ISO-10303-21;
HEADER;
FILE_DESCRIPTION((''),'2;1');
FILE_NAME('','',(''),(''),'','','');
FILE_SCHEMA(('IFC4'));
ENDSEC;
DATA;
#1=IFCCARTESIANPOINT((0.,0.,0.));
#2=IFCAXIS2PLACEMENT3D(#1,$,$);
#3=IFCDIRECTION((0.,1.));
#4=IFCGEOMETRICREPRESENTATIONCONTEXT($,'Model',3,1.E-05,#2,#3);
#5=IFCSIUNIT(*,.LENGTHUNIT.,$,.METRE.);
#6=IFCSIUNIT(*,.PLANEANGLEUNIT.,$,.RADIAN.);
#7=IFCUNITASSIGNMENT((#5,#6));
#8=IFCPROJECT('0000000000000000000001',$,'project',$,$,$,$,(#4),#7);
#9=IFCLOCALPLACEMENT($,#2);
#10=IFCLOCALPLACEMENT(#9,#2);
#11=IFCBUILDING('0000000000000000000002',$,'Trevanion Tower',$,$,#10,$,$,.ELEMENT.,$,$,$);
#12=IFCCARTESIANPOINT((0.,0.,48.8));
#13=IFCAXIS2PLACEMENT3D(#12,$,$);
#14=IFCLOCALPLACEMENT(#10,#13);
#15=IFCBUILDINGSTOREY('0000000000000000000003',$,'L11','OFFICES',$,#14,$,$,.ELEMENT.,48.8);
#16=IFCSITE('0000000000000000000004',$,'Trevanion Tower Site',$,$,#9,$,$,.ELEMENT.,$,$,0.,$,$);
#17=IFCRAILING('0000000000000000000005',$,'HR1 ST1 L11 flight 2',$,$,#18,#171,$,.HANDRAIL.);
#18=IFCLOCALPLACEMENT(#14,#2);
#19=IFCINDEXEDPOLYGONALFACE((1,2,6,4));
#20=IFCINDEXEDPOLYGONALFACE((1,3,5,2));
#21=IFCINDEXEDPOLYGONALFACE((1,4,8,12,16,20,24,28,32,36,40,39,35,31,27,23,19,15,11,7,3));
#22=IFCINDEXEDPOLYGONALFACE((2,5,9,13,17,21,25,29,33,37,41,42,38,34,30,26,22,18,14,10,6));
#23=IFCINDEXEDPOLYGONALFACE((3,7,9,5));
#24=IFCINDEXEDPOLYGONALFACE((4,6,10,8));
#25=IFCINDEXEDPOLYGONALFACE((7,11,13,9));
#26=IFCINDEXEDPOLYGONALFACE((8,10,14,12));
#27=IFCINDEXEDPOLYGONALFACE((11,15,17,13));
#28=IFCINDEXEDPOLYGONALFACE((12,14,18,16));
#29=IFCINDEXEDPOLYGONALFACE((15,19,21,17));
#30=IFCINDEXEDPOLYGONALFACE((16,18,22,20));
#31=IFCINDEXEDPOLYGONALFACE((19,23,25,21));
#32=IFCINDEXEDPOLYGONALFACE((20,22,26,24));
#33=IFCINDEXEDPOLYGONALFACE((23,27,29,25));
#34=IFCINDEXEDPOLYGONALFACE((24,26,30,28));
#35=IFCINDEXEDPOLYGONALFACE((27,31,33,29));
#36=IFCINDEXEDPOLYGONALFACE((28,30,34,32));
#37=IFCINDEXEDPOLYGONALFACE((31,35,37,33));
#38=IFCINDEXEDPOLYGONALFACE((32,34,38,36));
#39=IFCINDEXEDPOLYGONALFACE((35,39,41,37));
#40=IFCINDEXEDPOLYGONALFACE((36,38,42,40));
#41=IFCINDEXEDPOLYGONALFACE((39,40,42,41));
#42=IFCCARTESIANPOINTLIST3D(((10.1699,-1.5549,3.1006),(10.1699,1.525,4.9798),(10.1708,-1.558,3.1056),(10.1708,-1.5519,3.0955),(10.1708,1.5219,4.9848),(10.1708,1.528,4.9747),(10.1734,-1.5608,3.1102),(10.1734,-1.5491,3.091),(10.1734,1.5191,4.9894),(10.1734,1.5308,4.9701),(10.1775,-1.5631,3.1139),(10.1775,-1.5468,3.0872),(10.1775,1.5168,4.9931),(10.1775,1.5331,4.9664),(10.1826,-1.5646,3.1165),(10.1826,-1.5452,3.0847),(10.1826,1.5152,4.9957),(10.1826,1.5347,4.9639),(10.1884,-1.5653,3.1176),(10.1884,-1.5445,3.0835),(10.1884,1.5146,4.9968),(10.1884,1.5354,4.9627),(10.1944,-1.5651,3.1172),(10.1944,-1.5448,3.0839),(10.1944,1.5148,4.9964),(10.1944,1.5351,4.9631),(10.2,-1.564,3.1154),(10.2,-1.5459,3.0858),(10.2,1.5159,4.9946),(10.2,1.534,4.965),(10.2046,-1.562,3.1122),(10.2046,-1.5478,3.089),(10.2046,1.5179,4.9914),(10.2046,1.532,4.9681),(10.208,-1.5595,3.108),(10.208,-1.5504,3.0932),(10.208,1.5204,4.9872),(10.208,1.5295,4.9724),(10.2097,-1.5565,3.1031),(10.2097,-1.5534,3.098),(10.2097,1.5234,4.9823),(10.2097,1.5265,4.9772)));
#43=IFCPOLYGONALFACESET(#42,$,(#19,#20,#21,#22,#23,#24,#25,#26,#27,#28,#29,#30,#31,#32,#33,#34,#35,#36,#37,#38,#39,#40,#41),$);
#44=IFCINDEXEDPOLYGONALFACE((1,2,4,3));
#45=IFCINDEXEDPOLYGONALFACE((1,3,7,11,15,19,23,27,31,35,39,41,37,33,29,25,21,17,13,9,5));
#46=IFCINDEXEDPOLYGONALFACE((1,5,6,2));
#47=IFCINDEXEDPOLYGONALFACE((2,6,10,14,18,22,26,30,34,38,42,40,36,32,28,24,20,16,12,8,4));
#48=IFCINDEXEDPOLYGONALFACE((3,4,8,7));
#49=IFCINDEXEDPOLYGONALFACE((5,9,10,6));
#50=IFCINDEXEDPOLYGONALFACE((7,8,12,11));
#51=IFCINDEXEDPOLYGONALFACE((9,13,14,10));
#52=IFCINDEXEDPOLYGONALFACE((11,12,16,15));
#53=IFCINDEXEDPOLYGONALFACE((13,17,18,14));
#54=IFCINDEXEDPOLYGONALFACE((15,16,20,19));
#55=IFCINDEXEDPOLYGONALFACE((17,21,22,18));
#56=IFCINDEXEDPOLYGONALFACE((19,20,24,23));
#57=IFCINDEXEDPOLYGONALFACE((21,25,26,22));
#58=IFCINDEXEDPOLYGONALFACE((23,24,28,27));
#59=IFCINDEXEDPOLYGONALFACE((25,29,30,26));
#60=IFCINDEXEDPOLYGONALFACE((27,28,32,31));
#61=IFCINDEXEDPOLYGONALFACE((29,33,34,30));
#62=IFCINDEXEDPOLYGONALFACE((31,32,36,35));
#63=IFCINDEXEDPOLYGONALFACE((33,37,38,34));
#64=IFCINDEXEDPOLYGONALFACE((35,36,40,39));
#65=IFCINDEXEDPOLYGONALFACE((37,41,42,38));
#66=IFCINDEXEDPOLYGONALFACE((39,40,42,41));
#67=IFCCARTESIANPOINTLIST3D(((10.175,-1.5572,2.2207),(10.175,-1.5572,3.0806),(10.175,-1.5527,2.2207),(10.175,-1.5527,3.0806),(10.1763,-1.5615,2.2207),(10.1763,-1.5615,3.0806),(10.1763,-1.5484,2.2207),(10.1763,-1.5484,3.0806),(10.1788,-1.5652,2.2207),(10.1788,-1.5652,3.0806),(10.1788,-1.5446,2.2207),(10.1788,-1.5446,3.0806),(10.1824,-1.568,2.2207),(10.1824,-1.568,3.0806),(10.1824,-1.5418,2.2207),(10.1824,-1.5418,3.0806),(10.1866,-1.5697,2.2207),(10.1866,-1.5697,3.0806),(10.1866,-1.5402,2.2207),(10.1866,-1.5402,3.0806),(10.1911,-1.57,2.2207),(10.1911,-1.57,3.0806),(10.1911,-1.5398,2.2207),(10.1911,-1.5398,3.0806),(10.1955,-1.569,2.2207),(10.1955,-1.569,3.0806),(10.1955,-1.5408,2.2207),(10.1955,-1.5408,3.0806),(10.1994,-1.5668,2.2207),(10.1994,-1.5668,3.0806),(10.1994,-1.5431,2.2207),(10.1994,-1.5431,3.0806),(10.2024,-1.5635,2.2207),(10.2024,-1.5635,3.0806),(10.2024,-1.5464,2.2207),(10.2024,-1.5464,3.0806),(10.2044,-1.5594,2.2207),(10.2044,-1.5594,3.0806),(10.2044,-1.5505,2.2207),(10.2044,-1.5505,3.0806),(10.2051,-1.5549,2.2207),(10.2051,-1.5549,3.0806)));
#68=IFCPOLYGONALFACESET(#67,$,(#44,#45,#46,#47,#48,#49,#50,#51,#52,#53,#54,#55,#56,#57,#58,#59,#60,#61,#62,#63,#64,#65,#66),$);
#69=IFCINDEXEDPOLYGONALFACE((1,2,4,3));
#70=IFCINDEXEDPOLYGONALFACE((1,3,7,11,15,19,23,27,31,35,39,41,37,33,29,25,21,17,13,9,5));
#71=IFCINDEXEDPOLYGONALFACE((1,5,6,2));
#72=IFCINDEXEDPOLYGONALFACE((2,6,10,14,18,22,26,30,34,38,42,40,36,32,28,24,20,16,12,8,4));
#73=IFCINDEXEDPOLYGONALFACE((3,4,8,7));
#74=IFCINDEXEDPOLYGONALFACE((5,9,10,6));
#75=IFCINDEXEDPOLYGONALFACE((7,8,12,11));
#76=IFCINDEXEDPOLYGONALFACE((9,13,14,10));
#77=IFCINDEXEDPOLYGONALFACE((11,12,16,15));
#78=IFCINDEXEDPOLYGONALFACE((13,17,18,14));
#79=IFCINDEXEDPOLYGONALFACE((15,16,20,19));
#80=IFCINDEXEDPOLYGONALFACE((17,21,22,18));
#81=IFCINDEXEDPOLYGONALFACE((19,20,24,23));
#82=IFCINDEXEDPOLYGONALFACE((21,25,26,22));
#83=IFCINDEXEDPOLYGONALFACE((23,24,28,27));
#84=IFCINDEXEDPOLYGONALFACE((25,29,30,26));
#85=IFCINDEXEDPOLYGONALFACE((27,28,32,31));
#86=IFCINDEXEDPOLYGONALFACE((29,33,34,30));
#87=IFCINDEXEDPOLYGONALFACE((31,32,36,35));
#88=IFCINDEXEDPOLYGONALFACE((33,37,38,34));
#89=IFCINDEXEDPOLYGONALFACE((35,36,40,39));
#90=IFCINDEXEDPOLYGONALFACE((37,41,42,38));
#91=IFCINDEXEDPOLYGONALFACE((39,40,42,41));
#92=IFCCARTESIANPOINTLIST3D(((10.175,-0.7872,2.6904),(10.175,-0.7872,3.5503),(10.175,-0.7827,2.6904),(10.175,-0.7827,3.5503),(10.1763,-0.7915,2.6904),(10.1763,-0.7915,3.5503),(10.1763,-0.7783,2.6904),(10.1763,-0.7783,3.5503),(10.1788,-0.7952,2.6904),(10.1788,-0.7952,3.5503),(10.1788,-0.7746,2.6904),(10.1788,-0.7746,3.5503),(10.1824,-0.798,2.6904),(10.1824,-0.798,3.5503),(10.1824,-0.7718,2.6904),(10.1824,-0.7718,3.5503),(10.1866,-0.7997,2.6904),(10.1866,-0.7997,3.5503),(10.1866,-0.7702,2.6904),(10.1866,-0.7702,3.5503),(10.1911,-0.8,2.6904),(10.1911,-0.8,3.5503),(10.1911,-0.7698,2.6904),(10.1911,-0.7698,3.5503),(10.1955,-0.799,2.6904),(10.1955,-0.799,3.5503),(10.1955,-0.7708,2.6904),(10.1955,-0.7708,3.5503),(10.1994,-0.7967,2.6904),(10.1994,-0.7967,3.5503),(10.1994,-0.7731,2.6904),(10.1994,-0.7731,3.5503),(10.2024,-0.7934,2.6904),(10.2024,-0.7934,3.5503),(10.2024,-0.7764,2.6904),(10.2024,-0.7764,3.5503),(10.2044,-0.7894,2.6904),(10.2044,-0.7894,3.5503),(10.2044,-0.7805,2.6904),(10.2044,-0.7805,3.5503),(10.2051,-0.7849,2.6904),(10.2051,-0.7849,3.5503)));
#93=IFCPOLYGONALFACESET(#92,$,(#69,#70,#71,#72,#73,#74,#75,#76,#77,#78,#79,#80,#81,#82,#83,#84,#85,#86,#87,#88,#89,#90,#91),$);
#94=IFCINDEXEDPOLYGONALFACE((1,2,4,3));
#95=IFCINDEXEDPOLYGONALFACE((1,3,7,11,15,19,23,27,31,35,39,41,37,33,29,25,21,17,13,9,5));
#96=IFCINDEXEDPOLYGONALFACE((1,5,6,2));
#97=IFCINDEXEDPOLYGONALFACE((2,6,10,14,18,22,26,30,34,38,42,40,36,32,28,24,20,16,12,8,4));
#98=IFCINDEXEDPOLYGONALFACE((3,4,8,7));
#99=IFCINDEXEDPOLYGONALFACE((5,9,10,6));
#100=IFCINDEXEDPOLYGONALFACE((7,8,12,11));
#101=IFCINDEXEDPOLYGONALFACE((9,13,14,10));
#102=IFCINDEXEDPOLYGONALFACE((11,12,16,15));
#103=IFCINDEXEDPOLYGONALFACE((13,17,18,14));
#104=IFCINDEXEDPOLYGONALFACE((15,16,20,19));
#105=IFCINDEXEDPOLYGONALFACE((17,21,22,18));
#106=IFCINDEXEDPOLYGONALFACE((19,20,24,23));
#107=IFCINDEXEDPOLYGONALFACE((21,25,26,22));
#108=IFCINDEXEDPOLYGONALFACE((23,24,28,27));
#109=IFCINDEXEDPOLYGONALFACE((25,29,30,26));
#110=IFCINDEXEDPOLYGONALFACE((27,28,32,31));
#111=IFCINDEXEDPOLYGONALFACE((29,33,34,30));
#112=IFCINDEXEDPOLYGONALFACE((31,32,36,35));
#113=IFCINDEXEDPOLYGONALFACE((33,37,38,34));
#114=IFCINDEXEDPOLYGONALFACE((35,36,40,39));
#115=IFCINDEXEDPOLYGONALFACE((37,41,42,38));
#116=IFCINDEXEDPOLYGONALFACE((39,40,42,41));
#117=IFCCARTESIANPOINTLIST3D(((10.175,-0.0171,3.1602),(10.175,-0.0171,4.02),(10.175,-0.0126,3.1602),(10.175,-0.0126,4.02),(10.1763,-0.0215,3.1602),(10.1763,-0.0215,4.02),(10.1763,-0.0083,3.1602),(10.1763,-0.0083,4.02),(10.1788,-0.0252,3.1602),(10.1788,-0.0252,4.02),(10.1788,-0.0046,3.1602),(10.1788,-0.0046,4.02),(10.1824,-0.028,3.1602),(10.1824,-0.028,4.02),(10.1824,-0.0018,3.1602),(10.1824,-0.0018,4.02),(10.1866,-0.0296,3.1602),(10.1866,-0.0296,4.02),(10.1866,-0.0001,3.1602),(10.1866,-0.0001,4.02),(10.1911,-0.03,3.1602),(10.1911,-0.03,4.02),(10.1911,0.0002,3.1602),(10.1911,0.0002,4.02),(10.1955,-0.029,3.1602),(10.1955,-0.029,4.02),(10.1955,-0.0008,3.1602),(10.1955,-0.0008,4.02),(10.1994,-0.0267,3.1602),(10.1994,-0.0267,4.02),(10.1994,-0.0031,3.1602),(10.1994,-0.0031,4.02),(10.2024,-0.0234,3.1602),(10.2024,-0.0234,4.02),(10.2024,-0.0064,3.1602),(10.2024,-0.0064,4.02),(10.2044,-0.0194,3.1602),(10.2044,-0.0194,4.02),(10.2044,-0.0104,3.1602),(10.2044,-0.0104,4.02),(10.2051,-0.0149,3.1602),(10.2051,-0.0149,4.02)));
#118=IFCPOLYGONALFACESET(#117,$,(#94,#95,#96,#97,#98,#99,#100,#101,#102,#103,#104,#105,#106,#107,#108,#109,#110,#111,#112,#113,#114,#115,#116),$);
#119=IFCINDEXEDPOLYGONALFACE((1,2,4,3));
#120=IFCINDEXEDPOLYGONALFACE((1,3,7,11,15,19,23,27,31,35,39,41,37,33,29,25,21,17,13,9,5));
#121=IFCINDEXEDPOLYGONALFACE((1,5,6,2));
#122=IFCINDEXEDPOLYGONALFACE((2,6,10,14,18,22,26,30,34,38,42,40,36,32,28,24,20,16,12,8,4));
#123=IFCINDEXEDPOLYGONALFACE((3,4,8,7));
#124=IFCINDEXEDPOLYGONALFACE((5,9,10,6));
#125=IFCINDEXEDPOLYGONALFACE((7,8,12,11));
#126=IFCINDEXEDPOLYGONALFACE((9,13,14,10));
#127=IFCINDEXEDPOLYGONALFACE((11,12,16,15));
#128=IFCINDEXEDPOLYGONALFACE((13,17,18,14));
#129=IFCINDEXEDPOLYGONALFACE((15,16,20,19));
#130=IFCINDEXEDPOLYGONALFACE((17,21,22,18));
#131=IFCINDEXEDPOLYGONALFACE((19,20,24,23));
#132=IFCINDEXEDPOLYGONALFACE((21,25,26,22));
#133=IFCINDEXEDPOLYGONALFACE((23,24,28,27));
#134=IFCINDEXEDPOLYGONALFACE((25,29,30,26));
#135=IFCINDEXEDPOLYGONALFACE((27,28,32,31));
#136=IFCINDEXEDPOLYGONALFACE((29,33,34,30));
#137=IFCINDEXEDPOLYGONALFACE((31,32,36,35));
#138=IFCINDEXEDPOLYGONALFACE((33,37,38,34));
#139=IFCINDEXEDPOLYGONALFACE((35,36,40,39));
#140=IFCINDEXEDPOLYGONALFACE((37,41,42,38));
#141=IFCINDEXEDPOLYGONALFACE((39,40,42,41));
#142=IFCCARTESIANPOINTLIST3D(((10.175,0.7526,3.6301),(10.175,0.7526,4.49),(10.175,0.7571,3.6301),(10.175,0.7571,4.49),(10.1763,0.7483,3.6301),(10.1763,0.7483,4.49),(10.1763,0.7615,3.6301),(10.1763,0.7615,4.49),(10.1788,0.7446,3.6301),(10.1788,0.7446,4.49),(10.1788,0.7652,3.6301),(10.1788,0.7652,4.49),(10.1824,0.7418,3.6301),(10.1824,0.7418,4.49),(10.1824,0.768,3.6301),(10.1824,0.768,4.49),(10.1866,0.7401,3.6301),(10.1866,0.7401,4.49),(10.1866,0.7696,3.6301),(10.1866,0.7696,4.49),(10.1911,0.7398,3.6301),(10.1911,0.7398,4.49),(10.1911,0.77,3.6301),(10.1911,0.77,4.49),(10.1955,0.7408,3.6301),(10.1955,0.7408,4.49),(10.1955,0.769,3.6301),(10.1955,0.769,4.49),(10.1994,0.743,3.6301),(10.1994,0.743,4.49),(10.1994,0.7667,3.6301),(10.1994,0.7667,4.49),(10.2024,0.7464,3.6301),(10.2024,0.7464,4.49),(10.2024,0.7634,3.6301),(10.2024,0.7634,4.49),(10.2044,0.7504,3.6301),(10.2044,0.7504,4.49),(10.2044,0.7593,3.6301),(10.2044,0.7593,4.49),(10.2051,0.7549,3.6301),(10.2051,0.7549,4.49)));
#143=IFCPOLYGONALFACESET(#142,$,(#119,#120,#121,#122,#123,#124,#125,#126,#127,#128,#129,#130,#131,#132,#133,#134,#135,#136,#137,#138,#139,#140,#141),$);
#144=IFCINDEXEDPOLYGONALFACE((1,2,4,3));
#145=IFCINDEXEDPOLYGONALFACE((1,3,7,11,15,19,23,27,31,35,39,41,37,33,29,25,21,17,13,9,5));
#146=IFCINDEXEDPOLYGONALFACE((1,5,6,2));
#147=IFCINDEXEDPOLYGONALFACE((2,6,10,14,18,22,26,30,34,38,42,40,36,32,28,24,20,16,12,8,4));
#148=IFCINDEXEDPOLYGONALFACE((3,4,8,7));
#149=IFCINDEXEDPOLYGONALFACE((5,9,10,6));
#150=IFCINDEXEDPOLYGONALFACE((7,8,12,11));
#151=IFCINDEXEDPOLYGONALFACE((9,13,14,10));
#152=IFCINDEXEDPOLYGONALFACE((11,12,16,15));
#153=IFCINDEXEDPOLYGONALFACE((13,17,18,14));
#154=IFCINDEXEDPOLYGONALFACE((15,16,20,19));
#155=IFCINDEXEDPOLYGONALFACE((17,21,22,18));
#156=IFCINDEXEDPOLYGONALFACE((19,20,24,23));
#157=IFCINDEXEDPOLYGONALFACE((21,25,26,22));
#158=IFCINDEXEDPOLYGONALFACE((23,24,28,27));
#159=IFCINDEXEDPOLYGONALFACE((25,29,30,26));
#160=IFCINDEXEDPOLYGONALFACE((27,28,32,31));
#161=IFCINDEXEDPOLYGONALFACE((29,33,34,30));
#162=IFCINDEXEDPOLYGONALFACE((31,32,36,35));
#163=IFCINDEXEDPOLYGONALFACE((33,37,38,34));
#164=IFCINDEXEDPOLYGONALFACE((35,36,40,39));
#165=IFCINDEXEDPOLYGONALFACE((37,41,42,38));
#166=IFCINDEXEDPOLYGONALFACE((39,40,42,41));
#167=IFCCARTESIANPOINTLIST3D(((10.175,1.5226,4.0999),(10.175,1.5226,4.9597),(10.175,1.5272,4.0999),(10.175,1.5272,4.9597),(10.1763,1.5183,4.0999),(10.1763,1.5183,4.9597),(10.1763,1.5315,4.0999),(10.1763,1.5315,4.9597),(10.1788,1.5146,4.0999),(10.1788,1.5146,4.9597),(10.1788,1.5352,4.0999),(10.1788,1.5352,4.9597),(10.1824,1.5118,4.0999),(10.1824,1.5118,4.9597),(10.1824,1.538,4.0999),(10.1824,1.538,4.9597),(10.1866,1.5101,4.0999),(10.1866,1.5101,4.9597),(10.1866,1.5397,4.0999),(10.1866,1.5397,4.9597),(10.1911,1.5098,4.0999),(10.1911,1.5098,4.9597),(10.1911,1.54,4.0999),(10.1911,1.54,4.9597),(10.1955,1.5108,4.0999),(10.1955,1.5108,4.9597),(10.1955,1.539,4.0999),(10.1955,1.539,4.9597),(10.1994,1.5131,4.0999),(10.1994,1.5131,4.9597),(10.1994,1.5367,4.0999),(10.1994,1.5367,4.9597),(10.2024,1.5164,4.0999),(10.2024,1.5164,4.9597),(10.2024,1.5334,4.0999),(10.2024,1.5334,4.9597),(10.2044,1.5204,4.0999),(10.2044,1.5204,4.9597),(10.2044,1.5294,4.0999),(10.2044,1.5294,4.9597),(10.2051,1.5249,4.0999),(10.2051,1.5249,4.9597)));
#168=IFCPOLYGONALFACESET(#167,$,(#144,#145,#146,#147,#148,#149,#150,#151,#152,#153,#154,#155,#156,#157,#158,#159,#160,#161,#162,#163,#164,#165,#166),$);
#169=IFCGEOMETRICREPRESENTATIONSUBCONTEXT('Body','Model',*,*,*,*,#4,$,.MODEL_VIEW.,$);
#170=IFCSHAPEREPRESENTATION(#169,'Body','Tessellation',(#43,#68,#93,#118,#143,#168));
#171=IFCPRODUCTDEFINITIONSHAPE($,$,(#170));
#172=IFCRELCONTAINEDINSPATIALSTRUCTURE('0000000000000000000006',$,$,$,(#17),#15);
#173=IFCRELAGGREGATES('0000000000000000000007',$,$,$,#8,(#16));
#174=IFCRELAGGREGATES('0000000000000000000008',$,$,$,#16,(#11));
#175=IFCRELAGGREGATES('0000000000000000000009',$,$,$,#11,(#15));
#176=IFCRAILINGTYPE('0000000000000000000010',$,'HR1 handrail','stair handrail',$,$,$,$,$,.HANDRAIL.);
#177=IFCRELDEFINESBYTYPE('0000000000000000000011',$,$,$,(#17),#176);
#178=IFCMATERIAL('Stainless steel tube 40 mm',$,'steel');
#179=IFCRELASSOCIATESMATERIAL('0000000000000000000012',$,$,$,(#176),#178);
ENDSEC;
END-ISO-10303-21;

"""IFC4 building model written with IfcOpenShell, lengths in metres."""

from ifc_helpers import new_model, si_unit, direction, frame, origin, origin_2d, place, context, subcontext, project, spatial, circle, extrude, material, type_object, element, save


model = new_model("IFC4")

# Units and contexts
model_context = context("Model", 3, precision=1e-05, world=origin(), true_north=direction((0.0, 1.0)))
body_context = subcontext(model_context, "Body", "Model", "MODEL_VIEW")
ifc_project = project(units=[si_unit("LENGTHUNIT", "METRE"), si_unit("PLANEANGLEUNIT", "RADIAN")], contexts=[model_context])

# Site, building, storey
site_placement = place(None, origin())
site = spatial("IfcSite", under=ifc_project, at=site_placement, Name="Trevanion Tower Site", CompositionType="ELEMENT", RefElevation=0.0)
building_placement = place(site_placement, origin())
building = spatial("IfcBuilding", under=site, at=building_placement, Name="Trevanion Tower", CompositionType="ELEMENT")
storey_placement = place(building_placement, frame((0.0, 0.0, 48.8)))
storey = spatial("IfcBuildingStorey", under=building, at=storey_placement, Name="L11", Description="OFFICES", CompositionType="ELEMENT", Elevation=48.8)

# Railing
ifc_material_1 = material(Name="Stainless steel tube 40 mm", Category="steel")
railing_type = type_object("IfcRailingType", Name="HR1 handrail", Description="stair handrail", PredefinedType="HANDRAIL", material=ifc_material_1)
for number, where, name in (
    (1, (10.1899, -1.5549, 2.2207), "HR1 ST1 L11 flight 2"),
):
    element("IfcRailing", number, at=place(storey_placement, frame(where)), inside=storey, type_object=railing_type, Name=name, PredefinedType="HANDRAIL", context=body_context, shape_type="SweptSolid", body=[
        extrude(circle(Radius=0.02, at=origin_2d()), frame((0.0, 0.0, 0.8799), z_axis=(0.0, 0.853648, 0.52085), x_axis=(-1.0, 0.0, 0.0)), (0.0, 0.0, 1.0), 3.6079),
        extrude(circle(Radius=0.0151, at=origin_2d()), origin(), (0.0, 0.0, 1.0), 0.8599),
        extrude(circle(Radius=0.0151, at=origin_2d()), frame((0.0, 0.77, 0.4697)), (0.0, 0.0, 1.0), 0.8599),
        extrude(circle(Radius=0.0151, at=origin_2d()), frame((0.0, 1.54, 0.9395)), (0.0, 0.0, 1.0), 0.8599),
        extrude(circle(Radius=0.0151, at=origin_2d()), frame((0.0, 2.3098, 1.4094)), (0.0, 0.0, 1.0), 0.8599),
        extrude(circle(Radius=0.0151, at=origin_2d()), frame((0.0, 3.0798, 1.8792)), (0.0, 0.0, 1.0), 0.8599),
    ])

save(model, "model.ifc")
